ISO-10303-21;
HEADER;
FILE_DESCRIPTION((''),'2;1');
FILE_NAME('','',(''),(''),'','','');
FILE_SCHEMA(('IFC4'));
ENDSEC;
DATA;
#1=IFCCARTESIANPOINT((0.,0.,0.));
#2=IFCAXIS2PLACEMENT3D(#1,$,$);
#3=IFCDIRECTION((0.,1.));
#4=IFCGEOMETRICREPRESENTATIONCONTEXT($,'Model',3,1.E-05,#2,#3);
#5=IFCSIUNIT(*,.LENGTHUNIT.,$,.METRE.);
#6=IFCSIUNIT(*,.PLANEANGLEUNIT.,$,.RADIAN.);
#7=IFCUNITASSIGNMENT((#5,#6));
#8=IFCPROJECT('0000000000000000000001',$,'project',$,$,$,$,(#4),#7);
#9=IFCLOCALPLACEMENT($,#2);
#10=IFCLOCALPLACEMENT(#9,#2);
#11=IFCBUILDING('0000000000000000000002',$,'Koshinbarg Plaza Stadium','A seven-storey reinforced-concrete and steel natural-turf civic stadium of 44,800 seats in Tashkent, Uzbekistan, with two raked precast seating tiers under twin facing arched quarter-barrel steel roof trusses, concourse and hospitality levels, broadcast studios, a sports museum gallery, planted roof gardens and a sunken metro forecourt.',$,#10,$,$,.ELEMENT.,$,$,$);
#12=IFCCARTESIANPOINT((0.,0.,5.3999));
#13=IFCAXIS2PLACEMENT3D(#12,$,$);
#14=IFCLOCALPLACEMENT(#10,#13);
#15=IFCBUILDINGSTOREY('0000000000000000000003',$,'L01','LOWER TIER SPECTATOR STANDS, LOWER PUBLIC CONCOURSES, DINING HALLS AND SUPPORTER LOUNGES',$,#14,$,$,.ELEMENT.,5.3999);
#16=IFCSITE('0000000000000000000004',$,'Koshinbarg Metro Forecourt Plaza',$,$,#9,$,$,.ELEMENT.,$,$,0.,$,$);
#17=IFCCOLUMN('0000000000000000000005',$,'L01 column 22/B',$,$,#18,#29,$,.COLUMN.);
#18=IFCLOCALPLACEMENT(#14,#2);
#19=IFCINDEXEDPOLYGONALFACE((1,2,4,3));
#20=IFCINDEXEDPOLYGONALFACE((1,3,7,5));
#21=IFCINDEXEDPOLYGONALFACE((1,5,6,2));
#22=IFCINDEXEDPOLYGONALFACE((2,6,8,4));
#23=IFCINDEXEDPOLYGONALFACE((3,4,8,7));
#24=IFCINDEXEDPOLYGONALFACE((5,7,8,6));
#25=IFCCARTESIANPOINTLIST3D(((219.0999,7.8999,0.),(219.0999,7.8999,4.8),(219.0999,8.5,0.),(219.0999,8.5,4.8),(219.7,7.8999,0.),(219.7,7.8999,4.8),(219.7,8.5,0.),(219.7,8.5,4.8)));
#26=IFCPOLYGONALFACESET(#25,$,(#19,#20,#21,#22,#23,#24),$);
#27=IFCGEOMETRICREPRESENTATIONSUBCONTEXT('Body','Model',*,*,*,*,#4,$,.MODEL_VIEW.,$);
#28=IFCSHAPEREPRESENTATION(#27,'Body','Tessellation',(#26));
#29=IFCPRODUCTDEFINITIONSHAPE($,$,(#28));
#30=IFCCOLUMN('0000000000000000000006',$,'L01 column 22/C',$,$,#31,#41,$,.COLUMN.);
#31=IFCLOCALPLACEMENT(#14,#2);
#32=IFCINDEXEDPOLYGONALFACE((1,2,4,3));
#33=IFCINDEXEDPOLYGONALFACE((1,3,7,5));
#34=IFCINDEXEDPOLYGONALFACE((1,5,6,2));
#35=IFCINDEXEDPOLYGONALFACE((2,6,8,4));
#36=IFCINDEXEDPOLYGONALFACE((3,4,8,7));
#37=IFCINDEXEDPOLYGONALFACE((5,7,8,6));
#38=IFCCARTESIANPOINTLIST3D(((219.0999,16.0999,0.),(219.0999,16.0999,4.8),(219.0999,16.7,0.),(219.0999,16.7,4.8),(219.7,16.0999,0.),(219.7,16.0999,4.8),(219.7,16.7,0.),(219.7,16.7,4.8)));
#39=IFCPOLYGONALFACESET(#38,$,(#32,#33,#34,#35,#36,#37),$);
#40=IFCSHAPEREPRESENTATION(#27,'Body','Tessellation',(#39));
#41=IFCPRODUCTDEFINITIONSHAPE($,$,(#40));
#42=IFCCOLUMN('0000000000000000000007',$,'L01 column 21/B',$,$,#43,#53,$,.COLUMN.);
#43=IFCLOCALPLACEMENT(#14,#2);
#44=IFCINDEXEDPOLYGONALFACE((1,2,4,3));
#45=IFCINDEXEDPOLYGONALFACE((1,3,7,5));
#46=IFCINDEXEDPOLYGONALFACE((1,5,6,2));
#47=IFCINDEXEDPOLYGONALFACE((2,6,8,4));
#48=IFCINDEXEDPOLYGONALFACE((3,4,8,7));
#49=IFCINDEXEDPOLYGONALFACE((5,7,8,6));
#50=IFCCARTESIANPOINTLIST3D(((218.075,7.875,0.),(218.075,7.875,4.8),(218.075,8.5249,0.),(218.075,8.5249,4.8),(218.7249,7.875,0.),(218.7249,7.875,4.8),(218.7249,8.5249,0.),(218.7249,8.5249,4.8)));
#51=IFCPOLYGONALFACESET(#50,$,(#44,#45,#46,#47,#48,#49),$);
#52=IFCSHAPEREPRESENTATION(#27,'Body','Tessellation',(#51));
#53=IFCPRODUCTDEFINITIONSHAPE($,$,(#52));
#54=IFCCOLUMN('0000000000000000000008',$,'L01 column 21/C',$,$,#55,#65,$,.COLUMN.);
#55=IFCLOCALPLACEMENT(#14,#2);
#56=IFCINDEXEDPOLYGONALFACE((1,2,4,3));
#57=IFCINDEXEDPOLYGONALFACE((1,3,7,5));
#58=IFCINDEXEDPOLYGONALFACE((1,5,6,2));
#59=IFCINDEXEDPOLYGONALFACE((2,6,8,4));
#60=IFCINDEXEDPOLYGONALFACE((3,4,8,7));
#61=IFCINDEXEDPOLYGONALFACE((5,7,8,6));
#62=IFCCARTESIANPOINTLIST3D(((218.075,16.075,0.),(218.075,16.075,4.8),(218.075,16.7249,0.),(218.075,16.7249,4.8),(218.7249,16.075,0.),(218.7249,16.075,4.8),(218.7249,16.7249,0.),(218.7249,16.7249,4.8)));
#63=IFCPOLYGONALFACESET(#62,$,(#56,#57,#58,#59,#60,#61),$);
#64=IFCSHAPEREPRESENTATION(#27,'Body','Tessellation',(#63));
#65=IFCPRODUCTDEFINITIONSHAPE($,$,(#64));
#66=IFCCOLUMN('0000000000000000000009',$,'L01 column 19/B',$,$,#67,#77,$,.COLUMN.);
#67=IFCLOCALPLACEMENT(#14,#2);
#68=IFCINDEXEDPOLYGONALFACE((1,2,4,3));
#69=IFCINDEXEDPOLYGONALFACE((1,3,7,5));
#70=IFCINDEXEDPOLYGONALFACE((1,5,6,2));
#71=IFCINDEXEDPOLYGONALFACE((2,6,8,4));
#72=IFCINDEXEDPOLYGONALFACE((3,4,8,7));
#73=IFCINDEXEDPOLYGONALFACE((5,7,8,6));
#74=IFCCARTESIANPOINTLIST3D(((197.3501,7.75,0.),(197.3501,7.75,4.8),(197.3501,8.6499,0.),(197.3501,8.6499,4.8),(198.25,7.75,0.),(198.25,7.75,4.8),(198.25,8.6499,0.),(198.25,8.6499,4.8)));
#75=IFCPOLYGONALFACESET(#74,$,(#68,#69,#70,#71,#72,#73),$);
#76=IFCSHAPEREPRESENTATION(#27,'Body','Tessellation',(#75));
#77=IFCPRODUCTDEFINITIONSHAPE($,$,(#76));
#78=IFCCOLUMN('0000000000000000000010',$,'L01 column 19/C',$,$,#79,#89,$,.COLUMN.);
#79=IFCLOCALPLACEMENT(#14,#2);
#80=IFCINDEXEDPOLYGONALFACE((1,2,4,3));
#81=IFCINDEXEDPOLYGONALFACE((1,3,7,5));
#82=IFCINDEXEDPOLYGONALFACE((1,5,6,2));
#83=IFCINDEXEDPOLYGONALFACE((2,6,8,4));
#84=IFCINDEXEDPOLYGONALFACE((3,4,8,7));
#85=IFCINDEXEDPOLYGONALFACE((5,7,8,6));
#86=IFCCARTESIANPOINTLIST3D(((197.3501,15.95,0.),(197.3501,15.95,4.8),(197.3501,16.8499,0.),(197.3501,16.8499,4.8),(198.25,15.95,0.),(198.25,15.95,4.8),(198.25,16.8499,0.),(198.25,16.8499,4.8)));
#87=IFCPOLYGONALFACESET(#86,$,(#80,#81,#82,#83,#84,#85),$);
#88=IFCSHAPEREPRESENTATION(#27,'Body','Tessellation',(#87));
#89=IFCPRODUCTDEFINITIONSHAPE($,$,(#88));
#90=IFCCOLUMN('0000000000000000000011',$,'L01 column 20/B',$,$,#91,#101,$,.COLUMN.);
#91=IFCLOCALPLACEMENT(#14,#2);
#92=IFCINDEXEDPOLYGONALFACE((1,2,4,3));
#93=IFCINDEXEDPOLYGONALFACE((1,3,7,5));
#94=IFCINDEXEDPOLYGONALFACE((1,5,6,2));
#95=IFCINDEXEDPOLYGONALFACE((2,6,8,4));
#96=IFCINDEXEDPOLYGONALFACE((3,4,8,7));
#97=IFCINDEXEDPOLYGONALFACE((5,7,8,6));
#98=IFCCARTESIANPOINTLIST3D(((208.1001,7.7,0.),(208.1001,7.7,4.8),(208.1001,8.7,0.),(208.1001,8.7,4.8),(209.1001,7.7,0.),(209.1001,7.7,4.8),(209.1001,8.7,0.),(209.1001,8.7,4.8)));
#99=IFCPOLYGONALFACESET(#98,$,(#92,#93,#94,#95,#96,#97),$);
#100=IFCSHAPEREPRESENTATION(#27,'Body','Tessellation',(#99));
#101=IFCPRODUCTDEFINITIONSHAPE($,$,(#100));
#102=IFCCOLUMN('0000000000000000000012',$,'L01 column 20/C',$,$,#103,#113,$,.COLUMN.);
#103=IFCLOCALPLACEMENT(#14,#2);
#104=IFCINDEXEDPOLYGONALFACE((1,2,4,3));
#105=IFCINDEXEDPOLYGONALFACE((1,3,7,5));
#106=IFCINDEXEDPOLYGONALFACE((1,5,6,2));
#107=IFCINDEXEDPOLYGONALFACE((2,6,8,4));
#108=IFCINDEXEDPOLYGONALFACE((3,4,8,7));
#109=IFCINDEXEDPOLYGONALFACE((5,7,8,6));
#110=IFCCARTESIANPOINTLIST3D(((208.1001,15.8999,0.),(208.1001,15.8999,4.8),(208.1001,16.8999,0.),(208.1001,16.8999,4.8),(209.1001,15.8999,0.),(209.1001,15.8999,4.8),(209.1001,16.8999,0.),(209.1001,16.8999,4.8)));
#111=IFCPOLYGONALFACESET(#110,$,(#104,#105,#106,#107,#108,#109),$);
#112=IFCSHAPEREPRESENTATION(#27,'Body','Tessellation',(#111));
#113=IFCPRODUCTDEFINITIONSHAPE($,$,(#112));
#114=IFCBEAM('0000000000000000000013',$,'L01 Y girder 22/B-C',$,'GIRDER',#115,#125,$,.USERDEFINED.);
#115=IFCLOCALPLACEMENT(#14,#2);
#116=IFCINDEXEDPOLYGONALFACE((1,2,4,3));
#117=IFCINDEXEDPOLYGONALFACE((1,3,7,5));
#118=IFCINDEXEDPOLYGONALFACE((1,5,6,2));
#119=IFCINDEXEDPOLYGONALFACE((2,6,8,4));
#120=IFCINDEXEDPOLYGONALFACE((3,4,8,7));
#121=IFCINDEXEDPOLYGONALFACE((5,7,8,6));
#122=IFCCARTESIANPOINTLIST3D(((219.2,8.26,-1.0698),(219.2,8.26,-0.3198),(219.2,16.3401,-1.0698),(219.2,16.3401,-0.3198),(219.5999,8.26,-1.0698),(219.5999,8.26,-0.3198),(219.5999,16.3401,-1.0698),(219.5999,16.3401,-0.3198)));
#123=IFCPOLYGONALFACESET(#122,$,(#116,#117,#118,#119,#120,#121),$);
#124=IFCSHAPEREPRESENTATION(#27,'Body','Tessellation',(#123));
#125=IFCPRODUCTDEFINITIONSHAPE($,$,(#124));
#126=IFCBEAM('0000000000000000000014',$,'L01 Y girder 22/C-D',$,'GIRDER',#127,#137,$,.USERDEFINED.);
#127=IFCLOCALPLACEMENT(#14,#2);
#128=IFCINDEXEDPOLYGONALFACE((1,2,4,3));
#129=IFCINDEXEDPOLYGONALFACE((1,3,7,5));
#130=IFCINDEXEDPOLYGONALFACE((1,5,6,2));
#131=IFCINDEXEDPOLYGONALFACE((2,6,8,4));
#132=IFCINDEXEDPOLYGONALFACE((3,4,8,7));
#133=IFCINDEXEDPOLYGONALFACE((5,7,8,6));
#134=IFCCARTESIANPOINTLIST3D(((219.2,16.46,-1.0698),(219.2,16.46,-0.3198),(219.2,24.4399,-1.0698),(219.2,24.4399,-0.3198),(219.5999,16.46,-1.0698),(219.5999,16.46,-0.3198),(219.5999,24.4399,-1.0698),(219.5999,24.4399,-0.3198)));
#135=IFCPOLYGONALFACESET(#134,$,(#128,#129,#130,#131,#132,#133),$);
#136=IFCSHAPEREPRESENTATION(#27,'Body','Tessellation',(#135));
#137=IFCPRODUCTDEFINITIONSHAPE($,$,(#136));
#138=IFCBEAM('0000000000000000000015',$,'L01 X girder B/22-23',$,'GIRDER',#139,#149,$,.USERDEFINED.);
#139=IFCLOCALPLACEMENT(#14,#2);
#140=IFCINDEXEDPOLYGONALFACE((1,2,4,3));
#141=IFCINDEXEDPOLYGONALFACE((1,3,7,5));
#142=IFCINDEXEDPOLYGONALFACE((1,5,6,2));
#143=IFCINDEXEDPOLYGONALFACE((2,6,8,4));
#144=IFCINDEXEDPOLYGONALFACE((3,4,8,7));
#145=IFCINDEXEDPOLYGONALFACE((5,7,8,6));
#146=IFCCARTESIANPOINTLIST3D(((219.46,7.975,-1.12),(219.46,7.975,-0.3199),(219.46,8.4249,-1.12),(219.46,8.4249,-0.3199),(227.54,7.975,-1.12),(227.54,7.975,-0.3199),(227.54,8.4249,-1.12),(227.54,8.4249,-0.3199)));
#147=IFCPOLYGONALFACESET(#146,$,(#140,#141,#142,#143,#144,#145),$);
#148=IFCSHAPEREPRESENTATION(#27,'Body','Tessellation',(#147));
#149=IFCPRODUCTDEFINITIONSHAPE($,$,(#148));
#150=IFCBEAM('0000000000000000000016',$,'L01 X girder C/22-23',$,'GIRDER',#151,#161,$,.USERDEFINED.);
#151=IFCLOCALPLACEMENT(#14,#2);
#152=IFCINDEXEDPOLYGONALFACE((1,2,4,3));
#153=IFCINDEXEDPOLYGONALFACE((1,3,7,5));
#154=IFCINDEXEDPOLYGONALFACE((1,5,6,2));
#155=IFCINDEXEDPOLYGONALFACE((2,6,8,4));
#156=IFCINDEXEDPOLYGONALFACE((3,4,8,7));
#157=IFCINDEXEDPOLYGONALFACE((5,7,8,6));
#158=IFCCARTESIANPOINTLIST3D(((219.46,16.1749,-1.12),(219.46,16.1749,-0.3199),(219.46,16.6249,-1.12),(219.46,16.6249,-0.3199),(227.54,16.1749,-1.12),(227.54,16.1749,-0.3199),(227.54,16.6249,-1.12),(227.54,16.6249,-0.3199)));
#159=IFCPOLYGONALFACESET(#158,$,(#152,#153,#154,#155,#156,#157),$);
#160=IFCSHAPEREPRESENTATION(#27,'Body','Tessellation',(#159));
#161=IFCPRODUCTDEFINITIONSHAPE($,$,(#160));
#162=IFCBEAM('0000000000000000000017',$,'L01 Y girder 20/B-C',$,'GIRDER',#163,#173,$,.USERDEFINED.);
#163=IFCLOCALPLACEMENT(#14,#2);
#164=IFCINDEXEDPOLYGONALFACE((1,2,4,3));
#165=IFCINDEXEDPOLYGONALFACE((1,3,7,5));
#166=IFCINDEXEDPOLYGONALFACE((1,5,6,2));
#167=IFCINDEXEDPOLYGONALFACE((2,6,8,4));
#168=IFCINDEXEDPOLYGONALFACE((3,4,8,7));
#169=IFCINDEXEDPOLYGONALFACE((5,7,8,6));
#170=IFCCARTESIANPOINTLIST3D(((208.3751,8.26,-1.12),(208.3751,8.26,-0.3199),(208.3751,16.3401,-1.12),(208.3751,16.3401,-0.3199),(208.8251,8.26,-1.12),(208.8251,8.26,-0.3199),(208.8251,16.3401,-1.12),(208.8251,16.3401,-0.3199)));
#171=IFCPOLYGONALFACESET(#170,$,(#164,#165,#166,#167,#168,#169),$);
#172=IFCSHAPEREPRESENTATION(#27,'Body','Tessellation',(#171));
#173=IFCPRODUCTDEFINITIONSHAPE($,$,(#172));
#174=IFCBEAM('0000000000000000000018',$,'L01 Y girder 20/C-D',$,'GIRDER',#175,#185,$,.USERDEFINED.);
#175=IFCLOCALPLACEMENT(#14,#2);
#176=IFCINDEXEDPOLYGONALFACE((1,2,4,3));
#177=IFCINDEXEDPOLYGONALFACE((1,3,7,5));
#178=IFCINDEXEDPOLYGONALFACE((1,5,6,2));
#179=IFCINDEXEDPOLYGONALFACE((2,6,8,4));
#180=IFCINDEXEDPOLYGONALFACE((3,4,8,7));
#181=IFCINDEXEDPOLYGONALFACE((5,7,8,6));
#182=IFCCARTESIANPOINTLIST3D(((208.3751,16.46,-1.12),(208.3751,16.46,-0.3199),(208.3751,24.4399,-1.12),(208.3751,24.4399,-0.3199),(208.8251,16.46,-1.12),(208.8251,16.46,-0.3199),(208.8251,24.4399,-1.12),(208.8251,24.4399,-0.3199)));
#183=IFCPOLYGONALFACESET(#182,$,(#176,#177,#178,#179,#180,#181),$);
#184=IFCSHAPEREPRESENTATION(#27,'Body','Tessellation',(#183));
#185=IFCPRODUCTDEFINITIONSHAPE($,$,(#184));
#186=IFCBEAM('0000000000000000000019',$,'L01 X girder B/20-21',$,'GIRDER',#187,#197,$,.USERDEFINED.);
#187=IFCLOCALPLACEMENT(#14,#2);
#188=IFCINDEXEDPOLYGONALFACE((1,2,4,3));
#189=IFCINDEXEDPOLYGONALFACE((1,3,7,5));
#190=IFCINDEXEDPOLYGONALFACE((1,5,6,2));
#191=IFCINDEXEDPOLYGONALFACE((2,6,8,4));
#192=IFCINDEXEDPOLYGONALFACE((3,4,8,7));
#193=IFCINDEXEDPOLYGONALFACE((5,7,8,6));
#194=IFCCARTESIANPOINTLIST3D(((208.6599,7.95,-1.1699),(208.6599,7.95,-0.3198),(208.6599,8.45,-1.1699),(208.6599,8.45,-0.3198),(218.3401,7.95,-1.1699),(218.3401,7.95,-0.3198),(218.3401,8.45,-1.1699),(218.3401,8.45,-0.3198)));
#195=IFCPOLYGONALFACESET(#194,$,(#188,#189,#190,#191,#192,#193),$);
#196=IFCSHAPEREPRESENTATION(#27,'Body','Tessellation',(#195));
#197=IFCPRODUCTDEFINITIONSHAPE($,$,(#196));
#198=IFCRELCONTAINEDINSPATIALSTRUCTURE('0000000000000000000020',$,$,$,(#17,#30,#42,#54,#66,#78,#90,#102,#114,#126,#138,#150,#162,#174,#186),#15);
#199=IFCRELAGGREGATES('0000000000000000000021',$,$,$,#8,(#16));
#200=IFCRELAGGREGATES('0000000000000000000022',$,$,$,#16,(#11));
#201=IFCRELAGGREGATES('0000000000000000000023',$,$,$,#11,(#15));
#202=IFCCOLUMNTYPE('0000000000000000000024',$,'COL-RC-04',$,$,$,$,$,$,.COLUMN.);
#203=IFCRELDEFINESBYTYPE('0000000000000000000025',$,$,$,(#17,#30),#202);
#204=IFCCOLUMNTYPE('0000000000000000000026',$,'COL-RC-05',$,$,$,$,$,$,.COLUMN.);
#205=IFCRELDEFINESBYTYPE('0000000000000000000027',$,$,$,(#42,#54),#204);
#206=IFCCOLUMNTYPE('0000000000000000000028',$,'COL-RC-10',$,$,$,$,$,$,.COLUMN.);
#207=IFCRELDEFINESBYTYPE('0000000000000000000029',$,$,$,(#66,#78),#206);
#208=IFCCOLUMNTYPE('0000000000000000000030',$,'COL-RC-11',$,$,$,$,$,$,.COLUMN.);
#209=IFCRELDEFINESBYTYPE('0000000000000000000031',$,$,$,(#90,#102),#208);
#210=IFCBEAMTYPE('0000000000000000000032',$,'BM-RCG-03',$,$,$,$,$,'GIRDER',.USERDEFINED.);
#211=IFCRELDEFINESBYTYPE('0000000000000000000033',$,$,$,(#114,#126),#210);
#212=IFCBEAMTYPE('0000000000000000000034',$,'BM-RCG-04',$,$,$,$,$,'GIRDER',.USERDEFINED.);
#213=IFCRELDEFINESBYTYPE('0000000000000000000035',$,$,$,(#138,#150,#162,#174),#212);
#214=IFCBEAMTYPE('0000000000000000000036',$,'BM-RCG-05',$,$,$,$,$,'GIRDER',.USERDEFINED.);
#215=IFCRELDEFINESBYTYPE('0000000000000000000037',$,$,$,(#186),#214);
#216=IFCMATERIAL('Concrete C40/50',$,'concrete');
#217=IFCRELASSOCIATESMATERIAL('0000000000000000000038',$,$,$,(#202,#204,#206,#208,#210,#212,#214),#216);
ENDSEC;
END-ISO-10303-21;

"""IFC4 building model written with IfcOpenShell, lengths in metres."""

from ifc_helpers import new_model, si_unit, direction, frame, origin, origin_2d, place, context, subcontext, project, spatial, rectangle, extrude, material, material_profile, profile_set, type_object, element, save


model = new_model("IFC4")

# Units and contexts
model_context = context("Model", 3, precision=1e-05, world=origin(), true_north=direction((0.0, 1.0)))
body_context = subcontext(model_context, "Body", "Model", "MODEL_VIEW")
ifc_project = project(units=[si_unit("LENGTHUNIT", "METRE"), si_unit("PLANEANGLEUNIT", "RADIAN")], contexts=[model_context])

# Site, building, storey
site_placement = place(None, origin())
site = spatial("IfcSite", under=ifc_project, at=site_placement, Name="Koshinbarg Metro Forecourt Plaza", CompositionType="ELEMENT", RefElevation=0.0)
building_placement = place(site_placement, origin())
building = spatial("IfcBuilding", under=site, at=building_placement, Name="Koshinbarg Plaza Stadium", Description="A seven-storey reinforced-concrete and steel natural-turf civic stadium of 44,800 seats in Tashkent, Uzbekistan, with two raked precast seating tiers under twin facing arched quarter-barrel steel roof trusses, concourse and hospitality levels, broadcast studios, a sports museum gallery, planted roof gardens and a sunken metro forecourt.", CompositionType="ELEMENT")
storey_placement = place(building_placement, frame((0.0, 0.0, 5.3999)))
storey = spatial("IfcBuildingStorey", under=building, at=storey_placement, Name="L01", Description="LOWER TIER SPECTATOR STANDS, LOWER PUBLIC CONCOURSES, DINING HALLS AND SUPPORTER LOUNGES", CompositionType="ELEMENT", Elevation=5.3999)

# Columns
ifc_material_1 = material(Name="Concrete C40/50", Category="concrete")
ifc_material_profile_1 = material_profile(ifc_material_1, rectangle(XDim=0.6001, YDim=0.6001, at=origin_2d()), Name="RC 600x600")
ifc_profile_set_1 = profile_set([ifc_material_profile_1], Name="Concrete C40/50")
column_type_1 = type_object("IfcColumnType", Name="COL-RC-04", PredefinedType="COLUMN", material=ifc_profile_set_1)
for number, where, z_axis, x_axis, name in (
    (1, (219.3999, 8.2, 0.0), (0.0, 0.0, 1.0), (1.0, 0.0, 0.0), "L01 column 22/B"),
    (2, (219.3999, 16.3999, 0.0), (0.0, 0.0, 1.0), (1.0, 0.0, 0.0), "L01 column 22/C"),
):
    element("IfcColumn", number, at=place(storey_placement, frame(where, z_axis=z_axis, x_axis=x_axis)), inside=storey, type_object=column_type_1, Name=name, PredefinedType="COLUMN", context=body_context, shape_type="SweptSolid", body=[
        extrude(rectangle(XDim=0.6001, YDim=0.6001, at=origin_2d()), origin(), (0.0, 0.0, 1.0), 4.8),
    ])
ifc_material_profile_2 = material_profile(ifc_material_1, rectangle(XDim=0.6499, YDim=0.6499, at=origin_2d()), Name="RC 650x650")
ifc_profile_set_2 = profile_set([ifc_material_profile_2], Name="Concrete C40/50")
column_type_2 = type_object("IfcColumnType", Name="COL-RC-05", PredefinedType="COLUMN", material=ifc_profile_set_2)
for number, where, z_axis, x_axis, name in (
    (3, (218.3999, 8.2, 0.0), (0.0, 0.0, 1.0), (1.0, 0.0, 0.0), "L01 column 21/B"),
    (4, (218.3999, 16.3999, 0.0), (0.0, 0.0, 1.0), (1.0, 0.0, 0.0), "L01 column 21/C"),
):
    element("IfcColumn", number, at=place(storey_placement, frame(where, z_axis=z_axis, x_axis=x_axis)), inside=storey, type_object=column_type_2, Name=name, PredefinedType="COLUMN", context=body_context, shape_type="SweptSolid", body=[
        extrude(rectangle(XDim=0.6499, YDim=0.6499, at=origin_2d()), origin(), (0.0, 0.0, 1.0), 4.8),
    ])
ifc_material_profile_3 = material_profile(ifc_material_1, rectangle(XDim=0.8999, YDim=0.8999, at=origin_2d()), Name="RC 900x900")
ifc_profile_set_3 = profile_set([ifc_material_profile_3], Name="Concrete C40/50")
column_type_3 = type_object("IfcColumnType", Name="COL-RC-10", PredefinedType="COLUMN", material=ifc_profile_set_3)
for number, where, z_axis, x_axis, name in (
    (5, (197.8, 8.2, 0.0), (0.0, 0.0, 1.0), (1.0, 0.0, 0.0), "L01 column 19/B"),
    (6, (197.8, 16.3999, 0.0), (0.0, 0.0, 1.0), (1.0, 0.0, 0.0), "L01 column 19/C"),
):
    element("IfcColumn", number, at=place(storey_placement, frame(where, z_axis=z_axis, x_axis=x_axis)), inside=storey, type_object=column_type_3, Name=name, PredefinedType="COLUMN", context=body_context, shape_type="SweptSolid", body=[
        extrude(rectangle(XDim=0.8999, YDim=0.8999, at=origin_2d()), origin(), (0.0, 0.0, 1.0), 4.8),
    ])
ifc_material_profile_4 = material_profile(ifc_material_1, rectangle(XDim=1.0, YDim=1.0, at=origin_2d()), Name="RC 1000x1000")
ifc_profile_set_4 = profile_set([ifc_material_profile_4], Name="Concrete C40/50")
column_type_4 = type_object("IfcColumnType", Name="COL-RC-11", PredefinedType="COLUMN", material=ifc_profile_set_4)
for number, where, z_axis, x_axis, name in (
    (7, (208.6001, 8.2, 0.0), (0.0, 0.0, 1.0), (1.0, 0.0, 0.0), "L01 column 20/B"),
    (8, (208.6001, 16.3999, 0.0), (0.0, 0.0, 1.0), (1.0, 0.0, 0.0), "L01 column 20/C"),
):
    element("IfcColumn", number, at=place(storey_placement, frame(where, z_axis=z_axis, x_axis=x_axis)), inside=storey, type_object=column_type_4, Name=name, PredefinedType="COLUMN", context=body_context, shape_type="SweptSolid", body=[
        extrude(rectangle(XDim=1.0, YDim=1.0, at=origin_2d()), origin(), (0.0, 0.0, 1.0), 4.8),
    ])

# Beams
ifc_material_profile_5 = material_profile(ifc_material_1, rectangle(XDim=0.3999, YDim=0.75, at=origin_2d()), Name="RC 400x750")
ifc_profile_set_5 = profile_set([ifc_material_profile_5], Name="Concrete C40/50")
beam_type_1 = type_object("IfcBeamType", Name="BM-RCG-03", ElementType="GIRDER", PredefinedType="USERDEFINED", material=ifc_profile_set_5)
beam_1_placement = place(storey_placement, frame((219.3999, 8.26, -0.6948), z_axis=(0.0, 1.0, 0.0), x_axis=(-1.0, 0.0, 0.0)))
element("IfcBeam", 9, at=beam_1_placement, inside=storey, type_object=beam_type_1, Name="L01 Y girder 22/B-C", ObjectType="GIRDER", PredefinedType="USERDEFINED", context=body_context, shape_type="SweptSolid", body=[
    extrude(rectangle(XDim=0.3999, YDim=0.75, at=origin_2d()), origin(), (0.0, 0.0, 1.0), 8.0801),
])
beam_2_placement = place(storey_placement, frame((219.3999, 16.46, -0.6948), z_axis=(0.0, 1.0, 0.0), x_axis=(-1.0, 0.0, 0.0)))
element("IfcBeam", 10, at=beam_2_placement, inside=storey, type_object=beam_type_1, Name="L01 Y girder 22/C-D", ObjectType="GIRDER", PredefinedType="USERDEFINED", context=body_context, shape_type="SweptSolid", body=[
    extrude(rectangle(XDim=0.3999, YDim=0.75, at=origin_2d()), origin(), (0.0, 0.0, 1.0), 7.98),
])
ifc_material_profile_6 = material_profile(ifc_material_1, rectangle(XDim=0.45, YDim=0.8, at=origin_2d()), Name="RC 450x800")
ifc_profile_set_6 = profile_set([ifc_material_profile_6], Name="Concrete C40/50")
beam_type_2 = type_object("IfcBeamType", Name="BM-RCG-04", ElementType="GIRDER", PredefinedType="USERDEFINED", material=ifc_profile_set_6)
for number, where, z_axis, x_axis, name in (
    (11, (219.46, 8.2, -0.72), (1.0, 0.0, 0.0), (0.0, 1.0, 0.0), "L01 X girder B/22-23"),
    (12, (219.46, 16.3999, -0.72), (1.0, 0.0, 0.0), (0.0, 1.0, 0.0), "L01 X girder C/22-23"),
    (13, (208.6001, 8.26, -0.72), (0.0, 1.0, 0.0), (-1.0, 0.0, 0.0), "L01 Y girder 20/B-C"),
):
    element("IfcBeam", number, at=place(storey_placement, frame(where, z_axis=z_axis, x_axis=x_axis)), inside=storey, type_object=beam_type_2, Name=name, ObjectType="GIRDER", PredefinedType="USERDEFINED", context=body_context, shape_type="SweptSolid", body=[
        extrude(rectangle(XDim=0.45, YDim=0.8, at=origin_2d()), origin(), (0.0, 0.0, 1.0), 8.0801),
    ])
beam_3_placement = place(storey_placement, frame((208.6001, 16.46, -0.72), z_axis=(0.0, 1.0, 0.0), x_axis=(-1.0, 0.0, 0.0)))
element("IfcBeam", 14, at=beam_3_placement, inside=storey, type_object=beam_type_2, Name="L01 Y girder 20/C-D", ObjectType="GIRDER", PredefinedType="USERDEFINED", context=body_context, shape_type="SweptSolid", body=[
    extrude(rectangle(XDim=0.45, YDim=0.8, at=origin_2d()), origin(), (0.0, 0.0, 1.0), 7.98),
])
ifc_material_profile_7 = material_profile(ifc_material_1, rectangle(XDim=0.5, YDim=0.8501, at=origin_2d()), Name="RC 500x850")
ifc_profile_set_7 = profile_set([ifc_material_profile_7], Name="Concrete C40/50")
beam_type_3 = type_object("IfcBeamType", Name="BM-RCG-05", ElementType="GIRDER", PredefinedType="USERDEFINED", material=ifc_profile_set_7)
for number, where, z_axis, x_axis, name in (
    (15, (208.6599, 8.2, -0.7449), (1.0, 0.0, 0.0), (0.0, 1.0, 0.0), "L01 X girder B/20-21"),
):
    element("IfcBeam", number, at=place(storey_placement, frame(where, z_axis=z_axis, x_axis=x_axis)), inside=storey, type_object=beam_type_3, Name=name, ObjectType="GIRDER", PredefinedType="USERDEFINED", context=body_context, shape_type="SweptSolid", body=[
        extrude(rectangle(XDim=0.5, YDim=0.8501, at=origin_2d()), origin(), (0.0, 0.0, 1.0), 9.6802),
    ])

save(model, "model.ifc")
